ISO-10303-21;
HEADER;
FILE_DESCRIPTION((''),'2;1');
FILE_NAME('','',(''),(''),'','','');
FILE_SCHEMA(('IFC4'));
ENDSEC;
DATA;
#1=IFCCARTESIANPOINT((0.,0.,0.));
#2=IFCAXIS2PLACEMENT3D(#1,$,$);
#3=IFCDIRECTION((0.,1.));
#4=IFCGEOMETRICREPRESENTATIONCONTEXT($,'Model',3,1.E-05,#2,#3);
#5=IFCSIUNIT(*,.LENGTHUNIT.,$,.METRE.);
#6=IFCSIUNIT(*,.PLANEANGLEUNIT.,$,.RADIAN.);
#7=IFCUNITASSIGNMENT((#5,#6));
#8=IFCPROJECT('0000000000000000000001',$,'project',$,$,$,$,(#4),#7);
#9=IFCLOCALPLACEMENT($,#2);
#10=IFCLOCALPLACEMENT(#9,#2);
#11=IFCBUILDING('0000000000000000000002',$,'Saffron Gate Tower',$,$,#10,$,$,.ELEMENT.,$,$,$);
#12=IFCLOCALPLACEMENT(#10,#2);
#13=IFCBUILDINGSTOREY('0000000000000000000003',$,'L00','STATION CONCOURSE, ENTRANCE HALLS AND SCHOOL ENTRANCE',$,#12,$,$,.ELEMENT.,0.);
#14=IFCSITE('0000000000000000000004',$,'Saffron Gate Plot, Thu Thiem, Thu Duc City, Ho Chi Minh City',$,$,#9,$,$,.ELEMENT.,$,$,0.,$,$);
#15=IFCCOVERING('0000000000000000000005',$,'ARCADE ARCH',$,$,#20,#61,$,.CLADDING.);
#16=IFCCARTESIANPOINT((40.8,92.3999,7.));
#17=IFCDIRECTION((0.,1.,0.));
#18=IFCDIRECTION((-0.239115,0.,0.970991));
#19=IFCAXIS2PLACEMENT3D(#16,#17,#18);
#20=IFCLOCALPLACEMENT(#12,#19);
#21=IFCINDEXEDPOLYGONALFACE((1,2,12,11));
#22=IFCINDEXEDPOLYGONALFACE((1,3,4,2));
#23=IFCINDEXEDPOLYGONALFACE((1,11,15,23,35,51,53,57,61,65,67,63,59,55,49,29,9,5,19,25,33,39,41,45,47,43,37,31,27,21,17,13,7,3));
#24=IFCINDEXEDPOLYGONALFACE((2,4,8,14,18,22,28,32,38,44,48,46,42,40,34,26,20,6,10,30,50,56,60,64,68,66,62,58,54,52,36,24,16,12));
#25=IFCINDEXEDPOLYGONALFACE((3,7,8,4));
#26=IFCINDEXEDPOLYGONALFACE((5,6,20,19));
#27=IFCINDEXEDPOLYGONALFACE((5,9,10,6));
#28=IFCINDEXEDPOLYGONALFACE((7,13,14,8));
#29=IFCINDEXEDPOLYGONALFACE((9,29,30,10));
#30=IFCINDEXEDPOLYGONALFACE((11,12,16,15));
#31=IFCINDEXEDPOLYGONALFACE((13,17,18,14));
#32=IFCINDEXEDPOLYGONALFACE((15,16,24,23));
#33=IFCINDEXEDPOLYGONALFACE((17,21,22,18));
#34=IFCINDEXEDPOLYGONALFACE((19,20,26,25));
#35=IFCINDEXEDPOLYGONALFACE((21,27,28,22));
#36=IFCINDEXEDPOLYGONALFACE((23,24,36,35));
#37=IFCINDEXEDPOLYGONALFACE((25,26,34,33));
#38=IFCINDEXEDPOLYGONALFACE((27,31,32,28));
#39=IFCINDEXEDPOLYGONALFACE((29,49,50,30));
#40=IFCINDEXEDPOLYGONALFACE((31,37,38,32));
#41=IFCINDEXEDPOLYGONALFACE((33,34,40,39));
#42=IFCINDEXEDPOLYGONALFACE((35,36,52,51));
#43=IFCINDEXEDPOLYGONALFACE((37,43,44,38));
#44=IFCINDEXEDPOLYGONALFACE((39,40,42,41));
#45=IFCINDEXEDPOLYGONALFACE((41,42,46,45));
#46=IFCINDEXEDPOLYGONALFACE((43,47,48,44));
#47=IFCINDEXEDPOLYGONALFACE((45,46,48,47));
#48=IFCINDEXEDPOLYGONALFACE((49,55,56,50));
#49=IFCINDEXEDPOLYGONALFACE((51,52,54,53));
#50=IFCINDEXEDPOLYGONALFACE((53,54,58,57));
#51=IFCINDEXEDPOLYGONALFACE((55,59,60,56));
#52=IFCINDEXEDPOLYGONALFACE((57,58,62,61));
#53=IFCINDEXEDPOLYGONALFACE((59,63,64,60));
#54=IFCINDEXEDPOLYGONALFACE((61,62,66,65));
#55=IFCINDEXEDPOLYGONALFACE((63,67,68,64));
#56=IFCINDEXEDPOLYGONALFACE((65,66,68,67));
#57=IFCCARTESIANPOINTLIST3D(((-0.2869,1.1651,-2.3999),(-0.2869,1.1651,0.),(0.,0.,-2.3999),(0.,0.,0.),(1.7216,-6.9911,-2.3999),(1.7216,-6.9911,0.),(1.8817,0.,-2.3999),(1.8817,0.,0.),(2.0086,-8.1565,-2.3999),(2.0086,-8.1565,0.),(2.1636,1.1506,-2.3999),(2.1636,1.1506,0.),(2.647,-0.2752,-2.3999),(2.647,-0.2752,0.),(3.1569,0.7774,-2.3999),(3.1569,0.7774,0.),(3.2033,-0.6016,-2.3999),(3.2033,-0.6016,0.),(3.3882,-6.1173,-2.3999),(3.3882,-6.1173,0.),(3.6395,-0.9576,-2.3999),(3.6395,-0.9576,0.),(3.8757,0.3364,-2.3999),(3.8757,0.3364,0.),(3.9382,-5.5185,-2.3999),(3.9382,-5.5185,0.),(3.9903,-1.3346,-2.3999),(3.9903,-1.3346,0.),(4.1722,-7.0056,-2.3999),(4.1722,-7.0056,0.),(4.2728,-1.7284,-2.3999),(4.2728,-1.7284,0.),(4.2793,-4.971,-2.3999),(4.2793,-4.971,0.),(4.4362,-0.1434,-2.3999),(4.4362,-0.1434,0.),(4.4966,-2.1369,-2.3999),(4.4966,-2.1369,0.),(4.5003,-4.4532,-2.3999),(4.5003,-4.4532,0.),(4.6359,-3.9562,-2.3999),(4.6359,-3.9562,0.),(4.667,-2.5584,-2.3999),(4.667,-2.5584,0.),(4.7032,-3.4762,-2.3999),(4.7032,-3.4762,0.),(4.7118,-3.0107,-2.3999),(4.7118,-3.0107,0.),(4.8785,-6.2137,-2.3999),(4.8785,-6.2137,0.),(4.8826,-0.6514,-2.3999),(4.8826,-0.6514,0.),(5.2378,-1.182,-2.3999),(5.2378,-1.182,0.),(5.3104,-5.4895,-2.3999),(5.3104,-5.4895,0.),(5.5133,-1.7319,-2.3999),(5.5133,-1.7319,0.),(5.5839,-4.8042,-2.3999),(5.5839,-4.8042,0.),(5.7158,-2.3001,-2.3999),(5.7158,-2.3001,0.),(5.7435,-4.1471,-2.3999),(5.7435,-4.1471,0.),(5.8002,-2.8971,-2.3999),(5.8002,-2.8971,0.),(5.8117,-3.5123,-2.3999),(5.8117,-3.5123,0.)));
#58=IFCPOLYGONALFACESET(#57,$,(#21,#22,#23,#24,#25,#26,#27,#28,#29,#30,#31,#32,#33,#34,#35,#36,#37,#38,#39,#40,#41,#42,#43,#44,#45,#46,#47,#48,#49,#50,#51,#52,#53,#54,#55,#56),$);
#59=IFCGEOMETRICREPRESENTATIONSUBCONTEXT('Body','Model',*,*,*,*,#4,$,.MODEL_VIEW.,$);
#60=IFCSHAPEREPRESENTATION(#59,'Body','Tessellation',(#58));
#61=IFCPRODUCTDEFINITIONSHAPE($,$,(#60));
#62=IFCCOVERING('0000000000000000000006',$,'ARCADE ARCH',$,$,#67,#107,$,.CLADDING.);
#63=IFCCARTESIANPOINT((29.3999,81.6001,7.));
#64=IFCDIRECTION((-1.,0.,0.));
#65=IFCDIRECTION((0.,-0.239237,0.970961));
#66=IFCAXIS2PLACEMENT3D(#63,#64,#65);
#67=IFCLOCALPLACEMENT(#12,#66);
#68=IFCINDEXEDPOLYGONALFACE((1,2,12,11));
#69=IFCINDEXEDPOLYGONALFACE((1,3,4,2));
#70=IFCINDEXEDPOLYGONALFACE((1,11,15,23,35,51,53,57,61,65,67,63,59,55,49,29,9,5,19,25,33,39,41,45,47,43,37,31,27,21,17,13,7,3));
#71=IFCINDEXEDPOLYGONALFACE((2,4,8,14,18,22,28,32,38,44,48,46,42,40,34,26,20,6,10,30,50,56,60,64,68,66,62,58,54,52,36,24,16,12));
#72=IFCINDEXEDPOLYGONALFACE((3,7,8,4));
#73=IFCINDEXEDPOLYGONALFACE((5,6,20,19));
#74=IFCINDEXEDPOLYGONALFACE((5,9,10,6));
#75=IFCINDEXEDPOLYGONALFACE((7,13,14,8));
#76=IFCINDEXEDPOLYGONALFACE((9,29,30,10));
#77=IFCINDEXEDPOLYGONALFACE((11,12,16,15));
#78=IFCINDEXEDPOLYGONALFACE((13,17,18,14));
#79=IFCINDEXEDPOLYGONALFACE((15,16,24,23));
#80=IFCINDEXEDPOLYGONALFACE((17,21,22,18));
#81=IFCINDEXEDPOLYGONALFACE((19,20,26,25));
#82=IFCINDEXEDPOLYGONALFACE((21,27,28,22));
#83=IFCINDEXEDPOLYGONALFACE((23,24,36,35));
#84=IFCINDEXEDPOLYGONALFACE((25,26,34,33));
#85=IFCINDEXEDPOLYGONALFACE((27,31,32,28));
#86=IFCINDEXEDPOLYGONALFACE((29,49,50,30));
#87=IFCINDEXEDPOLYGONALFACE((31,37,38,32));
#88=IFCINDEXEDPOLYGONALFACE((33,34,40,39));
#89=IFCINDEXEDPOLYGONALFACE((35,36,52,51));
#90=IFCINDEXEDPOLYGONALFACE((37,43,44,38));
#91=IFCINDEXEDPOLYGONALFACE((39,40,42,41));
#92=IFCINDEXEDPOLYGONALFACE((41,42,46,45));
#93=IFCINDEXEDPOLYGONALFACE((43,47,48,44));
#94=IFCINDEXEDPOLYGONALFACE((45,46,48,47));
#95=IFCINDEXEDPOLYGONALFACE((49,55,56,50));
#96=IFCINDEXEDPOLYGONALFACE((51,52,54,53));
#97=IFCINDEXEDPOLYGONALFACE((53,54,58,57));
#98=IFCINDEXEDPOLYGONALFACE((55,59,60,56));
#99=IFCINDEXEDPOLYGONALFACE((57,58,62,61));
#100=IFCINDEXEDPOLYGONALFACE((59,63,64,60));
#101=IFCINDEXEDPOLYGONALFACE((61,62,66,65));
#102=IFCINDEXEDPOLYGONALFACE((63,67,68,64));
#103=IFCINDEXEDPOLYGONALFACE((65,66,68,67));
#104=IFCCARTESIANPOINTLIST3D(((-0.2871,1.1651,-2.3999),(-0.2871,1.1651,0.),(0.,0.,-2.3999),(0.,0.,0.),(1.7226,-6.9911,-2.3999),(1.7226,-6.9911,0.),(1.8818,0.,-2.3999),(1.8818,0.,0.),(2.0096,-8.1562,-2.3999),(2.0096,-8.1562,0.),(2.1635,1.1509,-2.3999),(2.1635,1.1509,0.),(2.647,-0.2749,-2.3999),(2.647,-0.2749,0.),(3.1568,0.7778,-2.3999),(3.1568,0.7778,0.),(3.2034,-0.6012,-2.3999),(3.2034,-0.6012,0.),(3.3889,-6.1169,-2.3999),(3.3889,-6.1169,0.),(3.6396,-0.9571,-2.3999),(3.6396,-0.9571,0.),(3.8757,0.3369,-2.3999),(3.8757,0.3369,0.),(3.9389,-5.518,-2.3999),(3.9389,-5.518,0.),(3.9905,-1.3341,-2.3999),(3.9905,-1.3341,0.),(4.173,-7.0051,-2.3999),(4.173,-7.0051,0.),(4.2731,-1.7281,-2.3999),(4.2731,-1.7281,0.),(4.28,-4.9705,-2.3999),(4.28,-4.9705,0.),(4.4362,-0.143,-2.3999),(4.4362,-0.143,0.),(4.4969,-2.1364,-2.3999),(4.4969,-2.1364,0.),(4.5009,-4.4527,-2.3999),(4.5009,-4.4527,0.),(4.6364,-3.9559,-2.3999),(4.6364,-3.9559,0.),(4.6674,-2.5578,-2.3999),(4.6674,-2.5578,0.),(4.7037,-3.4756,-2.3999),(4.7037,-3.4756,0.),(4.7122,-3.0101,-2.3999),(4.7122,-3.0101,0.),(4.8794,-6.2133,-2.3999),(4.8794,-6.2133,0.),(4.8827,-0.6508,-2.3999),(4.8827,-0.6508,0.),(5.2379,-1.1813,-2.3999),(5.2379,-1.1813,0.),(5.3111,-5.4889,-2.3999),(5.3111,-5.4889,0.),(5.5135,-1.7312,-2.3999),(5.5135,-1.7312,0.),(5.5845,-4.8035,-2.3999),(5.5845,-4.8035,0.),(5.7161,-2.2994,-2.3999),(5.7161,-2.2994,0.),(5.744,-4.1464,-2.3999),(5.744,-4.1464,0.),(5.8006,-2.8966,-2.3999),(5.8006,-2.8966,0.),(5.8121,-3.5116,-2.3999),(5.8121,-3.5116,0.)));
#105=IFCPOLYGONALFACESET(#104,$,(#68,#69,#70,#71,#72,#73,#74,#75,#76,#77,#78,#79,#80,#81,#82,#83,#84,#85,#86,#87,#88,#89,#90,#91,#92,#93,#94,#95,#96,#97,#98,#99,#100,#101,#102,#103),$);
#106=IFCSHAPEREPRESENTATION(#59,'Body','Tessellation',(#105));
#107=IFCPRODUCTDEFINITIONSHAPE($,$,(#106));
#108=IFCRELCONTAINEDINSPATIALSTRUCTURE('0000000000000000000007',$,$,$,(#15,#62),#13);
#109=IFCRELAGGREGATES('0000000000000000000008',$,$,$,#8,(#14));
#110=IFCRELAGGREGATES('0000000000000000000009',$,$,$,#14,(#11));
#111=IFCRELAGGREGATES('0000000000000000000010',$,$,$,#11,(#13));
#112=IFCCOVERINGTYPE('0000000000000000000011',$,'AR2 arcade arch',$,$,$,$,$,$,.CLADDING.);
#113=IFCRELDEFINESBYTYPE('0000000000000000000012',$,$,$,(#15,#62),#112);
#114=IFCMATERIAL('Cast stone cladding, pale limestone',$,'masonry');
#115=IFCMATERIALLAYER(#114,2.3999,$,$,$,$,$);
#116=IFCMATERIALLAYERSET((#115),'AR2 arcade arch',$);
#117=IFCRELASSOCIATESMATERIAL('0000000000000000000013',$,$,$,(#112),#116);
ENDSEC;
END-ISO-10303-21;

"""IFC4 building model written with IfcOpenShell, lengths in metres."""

from ifc_helpers import new_model, si_unit, direction, frame, origin, place, context, subcontext, project, spatial, polyline, outline, extrude, material, layer, layer_set, type_object, element, save


model = new_model("IFC4")

# Units and contexts
model_context = context("Model", 3, precision=1e-05, world=origin(), true_north=direction((0.0, 1.0)))
body_context = subcontext(model_context, "Body", "Model", "MODEL_VIEW")
ifc_project = project(units=[si_unit("LENGTHUNIT", "METRE"), si_unit("PLANEANGLEUNIT", "RADIAN")], contexts=[model_context])

# Site, building, storey
site_placement = place(None, origin())
site = spatial("IfcSite", under=ifc_project, at=site_placement, Name="Saffron Gate Plot, Thu Thiem, Thu Duc City, Ho Chi Minh City", CompositionType="ELEMENT", RefElevation=0.0)
building_placement = place(site_placement, origin())
building = spatial("IfcBuilding", under=site, at=building_placement, Name="Saffron Gate Tower", CompositionType="ELEMENT")
storey_placement = place(building_placement, origin())
storey = spatial("IfcBuildingStorey", under=building, at=storey_placement, Name="L00", Description="STATION CONCOURSE, ENTRANCE HALLS AND SCHOOL ENTRANCE", CompositionType="ELEMENT", Elevation=0.0)

# Coverings
ifc_material_1 = material(Name="Cast stone cladding, pale limestone", Category="masonry")
ifc_layer_1 = layer(ifc_material_1, 2.3999)
ifc_layer_set_1 = layer_set([ifc_layer_1], Name="AR2 arcade arch")
covering_type = type_object("IfcCoveringType", Name="AR2 arcade arch", PredefinedType="CLADDING", material=ifc_layer_set_1)
covering_1_placement = place(storey_placement, frame((40.8, 92.3999, 7.0), z_axis=(0.0, 1.0, 0.0), x_axis=(-0.239115, 0.0, 0.970991)))
element("IfcCovering", 1, at=covering_1_placement, inside=storey, type_object=covering_type, Name="ARCADE ARCH", PredefinedType="CLADDING", context=body_context, shape_type="SweptSolid", body=[
    extrude(outline(polyline([(0.0, 0.0), (1.8817, 0.0), (2.647, -0.2752), (3.2033, -0.6016), (3.6395, -0.9576), (3.9903, -1.3346), (4.2728, -1.7284), (4.4966, -2.1369), (4.667, -2.5584), (4.7118, -3.0107), (4.7032, -3.4762), (4.6359, -3.9562), (4.5003, -4.4532), (4.2793, -4.971), (3.9382, -5.5185), (3.3882, -6.1173), (1.7216, -6.9911), (2.0086, -8.1565), (4.1722, -7.0056), (4.8785, -6.2137), (5.3104, -5.4895), (5.5839, -4.8042), (5.7435, -4.1471), (5.8117, -3.5123), (5.8002, -2.8971), (5.7158, -2.3001), (5.5133, -1.7319), (5.2378, -1.182), (4.8826, -0.6514), (4.4362, -0.1434), (3.8757, 0.3364), (3.1569, 0.7774), (2.1636, 1.1506), (-0.2869, 1.1651), (0.0, 0.0)])), origin(), (0.0, 0.0, -1.0), 2.3999),
])
covering_2_placement = place(storey_placement, frame((29.3999, 81.6001, 7.0), z_axis=(-1.0, 0.0, 0.0), x_axis=(0.0, -0.239237, 0.970961)))
element("IfcCovering", 2, at=covering_2_placement, inside=storey, type_object=covering_type, Name="ARCADE ARCH", PredefinedType="CLADDING", context=body_context, shape_type="SweptSolid", body=[
    extrude(outline(polyline([(0.0, 0.0), (1.8818, 0.0), (2.647, -0.2749), (3.2034, -0.6012), (3.6396, -0.9571), (3.9905, -1.3341), (4.2731, -1.7281), (4.4969, -2.1364), (4.6674, -2.5578), (4.7122, -3.0101), (4.7037, -3.4756), (4.6364, -3.9559), (4.5009, -4.4527), (4.28, -4.9705), (3.9389, -5.518), (3.3889, -6.1169), (1.7226, -6.9911), (2.0096, -8.1562), (4.173, -7.0051), (4.8794, -6.2133), (5.3111, -5.4889), (5.5845, -4.8035), (5.744, -4.1464), (5.8121, -3.5116), (5.8006, -2.8966), (5.7161, -2.2994), (5.5135, -1.7312), (5.2379, -1.1813), (4.8827, -0.6508), (4.4362, -0.143), (3.8757, 0.3369), (3.1568, 0.7778), (2.1635, 1.1509), (-0.2871, 1.1651), (0.0, 0.0)])), origin(), (0.0, 0.0, -1.0), 2.3999),
])

save(model, "model.ifc")
